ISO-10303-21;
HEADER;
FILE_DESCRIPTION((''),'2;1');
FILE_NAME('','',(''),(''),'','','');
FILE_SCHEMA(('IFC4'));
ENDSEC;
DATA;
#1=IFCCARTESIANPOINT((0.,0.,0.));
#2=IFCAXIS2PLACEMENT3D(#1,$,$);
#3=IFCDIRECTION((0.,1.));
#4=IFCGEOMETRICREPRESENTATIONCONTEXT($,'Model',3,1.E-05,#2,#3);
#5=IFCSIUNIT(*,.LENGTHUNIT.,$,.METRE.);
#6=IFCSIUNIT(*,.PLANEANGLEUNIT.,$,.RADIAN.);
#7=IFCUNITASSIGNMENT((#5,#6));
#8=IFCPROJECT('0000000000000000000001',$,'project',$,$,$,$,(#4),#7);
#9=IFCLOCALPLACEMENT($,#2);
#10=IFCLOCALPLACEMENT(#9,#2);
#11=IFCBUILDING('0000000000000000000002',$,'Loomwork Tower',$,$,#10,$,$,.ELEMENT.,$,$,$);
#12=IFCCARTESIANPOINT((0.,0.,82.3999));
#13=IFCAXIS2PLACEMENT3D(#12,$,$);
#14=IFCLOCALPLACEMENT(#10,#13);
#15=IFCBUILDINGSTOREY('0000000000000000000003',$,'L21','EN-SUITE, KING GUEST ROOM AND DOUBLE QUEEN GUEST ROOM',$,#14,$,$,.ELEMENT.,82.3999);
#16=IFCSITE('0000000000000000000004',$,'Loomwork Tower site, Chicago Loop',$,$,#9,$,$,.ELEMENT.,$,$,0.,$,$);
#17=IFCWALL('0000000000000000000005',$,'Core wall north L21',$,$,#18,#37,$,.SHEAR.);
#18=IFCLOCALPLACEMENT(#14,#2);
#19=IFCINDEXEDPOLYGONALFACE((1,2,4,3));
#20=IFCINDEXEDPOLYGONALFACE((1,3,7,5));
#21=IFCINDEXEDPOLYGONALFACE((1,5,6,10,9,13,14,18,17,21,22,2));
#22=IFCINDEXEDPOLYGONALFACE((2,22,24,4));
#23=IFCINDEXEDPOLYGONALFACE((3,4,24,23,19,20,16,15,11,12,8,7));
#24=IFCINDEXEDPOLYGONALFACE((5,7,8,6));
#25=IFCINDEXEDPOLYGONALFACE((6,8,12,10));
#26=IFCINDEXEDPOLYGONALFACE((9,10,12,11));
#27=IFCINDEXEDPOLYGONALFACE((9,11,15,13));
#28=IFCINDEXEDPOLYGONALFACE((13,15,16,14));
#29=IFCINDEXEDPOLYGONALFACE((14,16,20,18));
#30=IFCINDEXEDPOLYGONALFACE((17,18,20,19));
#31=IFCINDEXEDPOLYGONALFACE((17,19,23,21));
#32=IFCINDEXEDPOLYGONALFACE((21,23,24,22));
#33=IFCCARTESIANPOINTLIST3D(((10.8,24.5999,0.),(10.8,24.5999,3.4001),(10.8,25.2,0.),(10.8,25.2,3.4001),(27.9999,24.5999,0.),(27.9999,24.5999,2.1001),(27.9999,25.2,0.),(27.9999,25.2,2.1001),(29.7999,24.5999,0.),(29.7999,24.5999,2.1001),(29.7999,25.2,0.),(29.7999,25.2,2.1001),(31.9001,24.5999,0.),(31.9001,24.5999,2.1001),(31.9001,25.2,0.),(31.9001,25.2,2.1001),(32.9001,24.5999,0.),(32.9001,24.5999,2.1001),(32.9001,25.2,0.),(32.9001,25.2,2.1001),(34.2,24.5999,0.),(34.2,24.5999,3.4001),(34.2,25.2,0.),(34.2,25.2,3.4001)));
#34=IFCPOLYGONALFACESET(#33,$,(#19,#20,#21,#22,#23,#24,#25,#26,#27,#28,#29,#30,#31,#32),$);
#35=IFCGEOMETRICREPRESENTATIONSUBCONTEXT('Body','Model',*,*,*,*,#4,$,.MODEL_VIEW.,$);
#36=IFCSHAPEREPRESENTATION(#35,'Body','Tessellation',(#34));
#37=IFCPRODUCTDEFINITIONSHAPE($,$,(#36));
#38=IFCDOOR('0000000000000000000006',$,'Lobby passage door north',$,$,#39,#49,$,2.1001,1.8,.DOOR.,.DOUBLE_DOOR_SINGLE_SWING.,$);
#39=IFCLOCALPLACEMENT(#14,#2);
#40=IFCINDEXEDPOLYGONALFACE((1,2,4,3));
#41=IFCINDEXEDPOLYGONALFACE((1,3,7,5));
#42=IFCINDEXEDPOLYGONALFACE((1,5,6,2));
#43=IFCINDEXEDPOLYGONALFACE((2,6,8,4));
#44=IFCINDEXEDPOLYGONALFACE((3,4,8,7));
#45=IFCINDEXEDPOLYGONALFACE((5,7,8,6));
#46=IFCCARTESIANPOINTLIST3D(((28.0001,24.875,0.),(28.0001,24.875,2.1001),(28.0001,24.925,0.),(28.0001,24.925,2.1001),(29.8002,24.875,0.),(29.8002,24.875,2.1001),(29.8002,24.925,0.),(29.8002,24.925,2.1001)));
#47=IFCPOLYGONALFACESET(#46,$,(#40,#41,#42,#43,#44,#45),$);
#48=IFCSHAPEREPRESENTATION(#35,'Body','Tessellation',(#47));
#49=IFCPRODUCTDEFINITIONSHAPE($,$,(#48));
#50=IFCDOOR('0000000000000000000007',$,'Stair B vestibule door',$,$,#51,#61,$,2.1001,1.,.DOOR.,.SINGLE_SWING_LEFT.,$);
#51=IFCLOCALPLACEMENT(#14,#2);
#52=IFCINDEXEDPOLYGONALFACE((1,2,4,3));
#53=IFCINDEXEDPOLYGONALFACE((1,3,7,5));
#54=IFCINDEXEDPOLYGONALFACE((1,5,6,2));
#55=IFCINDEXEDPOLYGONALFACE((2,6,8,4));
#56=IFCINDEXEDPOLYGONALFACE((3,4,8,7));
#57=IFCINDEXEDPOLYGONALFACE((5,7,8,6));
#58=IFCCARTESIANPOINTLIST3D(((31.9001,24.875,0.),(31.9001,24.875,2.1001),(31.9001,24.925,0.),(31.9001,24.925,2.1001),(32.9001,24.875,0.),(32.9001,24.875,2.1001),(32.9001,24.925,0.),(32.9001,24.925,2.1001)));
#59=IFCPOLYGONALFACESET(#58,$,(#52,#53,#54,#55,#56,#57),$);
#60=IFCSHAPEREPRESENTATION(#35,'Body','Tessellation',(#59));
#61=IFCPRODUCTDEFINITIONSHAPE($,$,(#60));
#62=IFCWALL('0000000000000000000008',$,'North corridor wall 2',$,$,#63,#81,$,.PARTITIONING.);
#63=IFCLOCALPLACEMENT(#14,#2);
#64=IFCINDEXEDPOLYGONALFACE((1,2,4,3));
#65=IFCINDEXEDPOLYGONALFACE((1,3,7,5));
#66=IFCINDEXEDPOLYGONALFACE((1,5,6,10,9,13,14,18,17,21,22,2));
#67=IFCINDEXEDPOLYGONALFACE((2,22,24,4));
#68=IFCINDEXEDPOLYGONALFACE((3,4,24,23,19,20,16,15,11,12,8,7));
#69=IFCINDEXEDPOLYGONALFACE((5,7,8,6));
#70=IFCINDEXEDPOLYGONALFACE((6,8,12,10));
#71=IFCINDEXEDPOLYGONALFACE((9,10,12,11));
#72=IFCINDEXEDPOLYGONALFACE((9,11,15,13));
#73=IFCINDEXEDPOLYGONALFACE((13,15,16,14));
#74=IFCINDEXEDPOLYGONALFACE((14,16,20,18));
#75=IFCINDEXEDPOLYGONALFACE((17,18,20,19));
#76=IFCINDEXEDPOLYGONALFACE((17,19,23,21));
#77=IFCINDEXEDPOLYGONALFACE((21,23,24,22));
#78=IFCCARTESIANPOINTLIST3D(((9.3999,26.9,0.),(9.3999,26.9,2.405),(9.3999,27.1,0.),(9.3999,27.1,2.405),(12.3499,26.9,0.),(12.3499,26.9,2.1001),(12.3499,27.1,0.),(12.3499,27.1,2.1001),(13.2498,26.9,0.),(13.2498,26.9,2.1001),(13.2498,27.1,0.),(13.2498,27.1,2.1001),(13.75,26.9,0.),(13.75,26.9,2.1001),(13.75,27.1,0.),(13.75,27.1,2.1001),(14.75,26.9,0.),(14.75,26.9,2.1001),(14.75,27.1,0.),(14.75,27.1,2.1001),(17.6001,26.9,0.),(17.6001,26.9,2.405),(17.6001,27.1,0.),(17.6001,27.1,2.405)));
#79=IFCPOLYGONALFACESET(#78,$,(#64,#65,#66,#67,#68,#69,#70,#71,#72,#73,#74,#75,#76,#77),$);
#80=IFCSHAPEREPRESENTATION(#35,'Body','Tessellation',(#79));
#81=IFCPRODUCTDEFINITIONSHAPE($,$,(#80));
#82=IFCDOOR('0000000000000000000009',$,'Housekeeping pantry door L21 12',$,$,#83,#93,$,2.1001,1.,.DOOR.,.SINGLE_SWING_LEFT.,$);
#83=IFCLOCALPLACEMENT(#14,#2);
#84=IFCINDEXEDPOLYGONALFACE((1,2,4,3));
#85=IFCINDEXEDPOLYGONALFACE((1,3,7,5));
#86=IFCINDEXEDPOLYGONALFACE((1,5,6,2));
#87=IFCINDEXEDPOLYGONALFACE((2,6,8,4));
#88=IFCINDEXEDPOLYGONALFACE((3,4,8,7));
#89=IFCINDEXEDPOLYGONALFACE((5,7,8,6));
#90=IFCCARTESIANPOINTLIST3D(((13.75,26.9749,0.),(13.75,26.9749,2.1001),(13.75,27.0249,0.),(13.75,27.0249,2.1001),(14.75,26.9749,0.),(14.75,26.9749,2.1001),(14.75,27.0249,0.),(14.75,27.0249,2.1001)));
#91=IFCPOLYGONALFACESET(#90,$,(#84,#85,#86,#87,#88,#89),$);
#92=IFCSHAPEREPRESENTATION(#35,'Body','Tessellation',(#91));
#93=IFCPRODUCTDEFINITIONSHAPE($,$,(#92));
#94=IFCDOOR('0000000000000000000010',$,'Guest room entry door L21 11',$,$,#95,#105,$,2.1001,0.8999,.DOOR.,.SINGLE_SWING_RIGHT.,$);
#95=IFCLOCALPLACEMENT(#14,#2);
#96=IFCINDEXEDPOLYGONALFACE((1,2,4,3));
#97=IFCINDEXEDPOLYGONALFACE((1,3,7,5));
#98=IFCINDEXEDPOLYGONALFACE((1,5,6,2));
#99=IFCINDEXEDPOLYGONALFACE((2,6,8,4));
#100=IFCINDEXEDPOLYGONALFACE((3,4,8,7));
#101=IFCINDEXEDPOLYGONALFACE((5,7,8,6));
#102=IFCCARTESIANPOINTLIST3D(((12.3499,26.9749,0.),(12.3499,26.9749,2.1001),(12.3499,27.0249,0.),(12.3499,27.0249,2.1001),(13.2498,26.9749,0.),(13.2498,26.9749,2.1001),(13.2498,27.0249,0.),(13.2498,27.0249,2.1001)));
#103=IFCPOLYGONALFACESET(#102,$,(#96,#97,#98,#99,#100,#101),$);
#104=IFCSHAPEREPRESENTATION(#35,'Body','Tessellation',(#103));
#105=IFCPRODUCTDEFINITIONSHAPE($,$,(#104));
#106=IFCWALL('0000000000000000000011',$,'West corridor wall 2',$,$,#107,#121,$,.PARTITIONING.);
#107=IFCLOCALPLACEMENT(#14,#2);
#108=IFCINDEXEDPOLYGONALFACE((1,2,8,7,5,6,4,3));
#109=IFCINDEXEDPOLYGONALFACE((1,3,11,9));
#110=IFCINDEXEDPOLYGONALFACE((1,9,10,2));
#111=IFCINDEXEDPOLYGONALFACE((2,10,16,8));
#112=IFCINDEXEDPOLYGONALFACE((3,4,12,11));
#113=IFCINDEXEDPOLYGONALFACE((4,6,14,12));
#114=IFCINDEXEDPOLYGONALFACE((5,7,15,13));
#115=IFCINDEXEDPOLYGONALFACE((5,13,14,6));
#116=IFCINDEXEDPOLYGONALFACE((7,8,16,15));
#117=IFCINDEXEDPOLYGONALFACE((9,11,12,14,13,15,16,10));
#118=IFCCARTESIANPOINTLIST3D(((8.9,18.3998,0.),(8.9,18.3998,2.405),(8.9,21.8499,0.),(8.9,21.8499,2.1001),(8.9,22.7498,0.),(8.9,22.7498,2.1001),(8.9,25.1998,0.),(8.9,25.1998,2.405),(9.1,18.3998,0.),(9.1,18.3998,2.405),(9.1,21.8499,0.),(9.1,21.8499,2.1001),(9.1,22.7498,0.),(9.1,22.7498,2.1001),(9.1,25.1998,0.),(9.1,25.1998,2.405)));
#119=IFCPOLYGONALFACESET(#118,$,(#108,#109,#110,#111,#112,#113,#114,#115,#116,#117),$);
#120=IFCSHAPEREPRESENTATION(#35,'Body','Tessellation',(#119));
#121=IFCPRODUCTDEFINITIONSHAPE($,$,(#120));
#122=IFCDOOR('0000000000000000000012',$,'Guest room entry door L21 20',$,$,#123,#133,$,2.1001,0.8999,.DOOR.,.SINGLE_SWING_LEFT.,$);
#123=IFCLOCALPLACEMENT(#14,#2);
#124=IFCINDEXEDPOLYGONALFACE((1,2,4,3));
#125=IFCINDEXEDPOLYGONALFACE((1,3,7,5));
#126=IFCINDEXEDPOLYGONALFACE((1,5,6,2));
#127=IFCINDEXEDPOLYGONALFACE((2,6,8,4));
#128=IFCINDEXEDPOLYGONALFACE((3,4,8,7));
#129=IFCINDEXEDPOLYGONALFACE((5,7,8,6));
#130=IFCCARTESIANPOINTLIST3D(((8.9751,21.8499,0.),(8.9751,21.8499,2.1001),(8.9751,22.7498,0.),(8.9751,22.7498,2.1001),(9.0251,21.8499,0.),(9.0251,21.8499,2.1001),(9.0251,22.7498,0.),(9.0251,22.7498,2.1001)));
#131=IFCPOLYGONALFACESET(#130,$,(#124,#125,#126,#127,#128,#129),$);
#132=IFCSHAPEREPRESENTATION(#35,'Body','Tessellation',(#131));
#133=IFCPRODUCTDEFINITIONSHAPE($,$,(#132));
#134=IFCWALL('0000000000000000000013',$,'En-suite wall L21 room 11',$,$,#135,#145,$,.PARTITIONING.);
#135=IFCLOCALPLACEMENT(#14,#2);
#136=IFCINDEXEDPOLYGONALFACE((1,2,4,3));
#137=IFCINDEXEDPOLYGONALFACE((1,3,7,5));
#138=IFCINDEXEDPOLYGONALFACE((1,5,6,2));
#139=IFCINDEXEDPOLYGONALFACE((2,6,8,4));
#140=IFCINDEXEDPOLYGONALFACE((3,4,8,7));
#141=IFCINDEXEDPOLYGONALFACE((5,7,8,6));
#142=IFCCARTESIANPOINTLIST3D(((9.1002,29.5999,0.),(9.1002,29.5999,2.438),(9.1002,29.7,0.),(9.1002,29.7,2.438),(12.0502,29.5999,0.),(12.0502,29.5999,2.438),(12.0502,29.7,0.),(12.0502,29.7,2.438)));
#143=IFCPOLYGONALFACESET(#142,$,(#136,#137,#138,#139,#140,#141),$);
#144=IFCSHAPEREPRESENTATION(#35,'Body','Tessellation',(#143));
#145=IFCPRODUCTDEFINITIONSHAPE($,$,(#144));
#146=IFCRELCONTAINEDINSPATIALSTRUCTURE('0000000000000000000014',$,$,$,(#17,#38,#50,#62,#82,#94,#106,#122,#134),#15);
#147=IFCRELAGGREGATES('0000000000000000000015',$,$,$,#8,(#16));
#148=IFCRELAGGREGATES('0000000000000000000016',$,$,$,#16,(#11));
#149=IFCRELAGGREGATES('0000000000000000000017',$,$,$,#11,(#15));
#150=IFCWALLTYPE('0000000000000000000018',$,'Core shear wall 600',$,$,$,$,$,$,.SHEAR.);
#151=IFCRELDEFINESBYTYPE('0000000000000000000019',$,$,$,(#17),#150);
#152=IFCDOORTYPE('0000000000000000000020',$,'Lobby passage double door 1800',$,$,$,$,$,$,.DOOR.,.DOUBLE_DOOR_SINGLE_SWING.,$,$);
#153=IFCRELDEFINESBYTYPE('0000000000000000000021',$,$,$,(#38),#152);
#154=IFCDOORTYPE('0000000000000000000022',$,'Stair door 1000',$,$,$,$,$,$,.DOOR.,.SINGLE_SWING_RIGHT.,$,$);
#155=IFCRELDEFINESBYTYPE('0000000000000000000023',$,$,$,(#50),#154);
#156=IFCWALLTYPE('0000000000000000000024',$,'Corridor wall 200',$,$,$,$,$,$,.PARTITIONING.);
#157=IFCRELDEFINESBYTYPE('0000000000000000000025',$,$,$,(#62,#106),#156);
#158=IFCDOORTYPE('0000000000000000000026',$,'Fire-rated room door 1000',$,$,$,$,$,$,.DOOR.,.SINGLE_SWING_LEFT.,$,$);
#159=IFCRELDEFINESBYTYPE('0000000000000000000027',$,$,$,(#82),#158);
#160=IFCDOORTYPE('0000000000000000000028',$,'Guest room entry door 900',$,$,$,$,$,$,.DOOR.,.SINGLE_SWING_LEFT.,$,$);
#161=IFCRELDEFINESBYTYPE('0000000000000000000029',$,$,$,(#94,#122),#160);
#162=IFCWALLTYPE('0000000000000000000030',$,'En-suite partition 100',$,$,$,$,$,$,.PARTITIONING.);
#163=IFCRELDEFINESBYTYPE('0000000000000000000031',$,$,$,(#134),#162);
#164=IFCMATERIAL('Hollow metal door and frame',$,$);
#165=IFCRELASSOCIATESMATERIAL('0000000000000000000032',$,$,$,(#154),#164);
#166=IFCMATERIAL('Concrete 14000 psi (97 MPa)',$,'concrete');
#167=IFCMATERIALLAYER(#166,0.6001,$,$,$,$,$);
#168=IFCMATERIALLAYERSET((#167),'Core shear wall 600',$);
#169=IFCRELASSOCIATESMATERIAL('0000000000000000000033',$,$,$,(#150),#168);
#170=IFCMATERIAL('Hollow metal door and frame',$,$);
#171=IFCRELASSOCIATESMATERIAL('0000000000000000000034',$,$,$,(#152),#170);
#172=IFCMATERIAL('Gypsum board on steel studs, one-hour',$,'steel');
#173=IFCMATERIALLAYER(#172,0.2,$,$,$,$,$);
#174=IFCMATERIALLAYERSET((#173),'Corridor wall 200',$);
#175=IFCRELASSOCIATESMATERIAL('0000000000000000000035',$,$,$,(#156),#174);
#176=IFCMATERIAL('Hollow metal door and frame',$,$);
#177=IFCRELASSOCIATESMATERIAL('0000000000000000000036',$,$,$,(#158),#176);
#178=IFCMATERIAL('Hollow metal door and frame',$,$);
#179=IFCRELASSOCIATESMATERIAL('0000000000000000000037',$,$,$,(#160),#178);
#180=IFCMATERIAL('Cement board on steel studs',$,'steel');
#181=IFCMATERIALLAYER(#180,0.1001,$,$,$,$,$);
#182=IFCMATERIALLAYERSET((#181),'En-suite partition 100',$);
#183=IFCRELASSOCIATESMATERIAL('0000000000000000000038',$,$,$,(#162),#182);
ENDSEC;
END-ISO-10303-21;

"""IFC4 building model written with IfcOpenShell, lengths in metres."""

from ifc_helpers import new_model, si_unit, direction, frame, frame_2d, origin, place, context, subcontext, project, spatial, rectangle, extrude, material, layer, layer_set, type_object, element, fill, save


model = new_model("IFC4")

# Units and contexts
model_context = context("Model", 3, precision=1e-05, world=origin(), true_north=direction((0.0, 1.0)))
body_context = subcontext(model_context, "Body", "Model", "MODEL_VIEW")
ifc_project = project(units=[si_unit("LENGTHUNIT", "METRE"), si_unit("PLANEANGLEUNIT", "RADIAN")], contexts=[model_context])

# Site, building, storey
site_placement = place(None, origin())
site = spatial("IfcSite", under=ifc_project, at=site_placement, Name="Loomwork Tower site, Chicago Loop", CompositionType="ELEMENT", RefElevation=0.0)
building_placement = place(site_placement, origin())
building = spatial("IfcBuilding", under=site, at=building_placement, Name="Loomwork Tower", CompositionType="ELEMENT")
storey_placement = place(building_placement, frame((0.0, 0.0, 82.3999)))
storey = spatial("IfcBuildingStorey", under=building, at=storey_placement, Name="L21", Description="EN-SUITE, KING GUEST ROOM AND DOUBLE QUEEN GUEST ROOM", CompositionType="ELEMENT", Elevation=82.3999)

# Shared definitions
ifc_material_1 = material(Name="Hollow metal door and frame")
door_type_1 = type_object("IfcDoorType", Name="Stair door 1000", OperationType="SINGLE_SWING_RIGHT", PredefinedType="DOOR", material=ifc_material_1)

# Walls, openings, doors
ifc_material_2 = material(Name="Concrete 14000 psi (97 MPa)", Category="concrete")
ifc_layer_1 = layer(ifc_material_2, 0.6001)
ifc_layer_set_1 = layer_set([ifc_layer_1], Name="Core shear wall 600")
wall_type_1 = type_object("IfcWallType", Name="Core shear wall 600", PredefinedType="SHEAR", material=ifc_layer_set_1)
wall_1_placement = place(storey_placement, frame((10.8, 24.8999, 0.0), z_axis=(0.0, 0.0, 1.0), x_axis=(1.0, 0.0, 0.0)))
wall_1 = element("IfcWall", 1, at=wall_1_placement, inside=storey, type_object=wall_type_1, Name="Core wall north L21", PredefinedType="SHEAR", context=body_context, shape_type="SweptSolid", body=[
    extrude(rectangle(XDim=23.3999, YDim=0.6001, at=frame_2d((11.7, 0.0))), origin(), (0.0, 0.0, 1.0), 3.4001),
])
opening_1_placement = place(wall_1_placement, frame((17.2, 0.0, 0.0)))
opening_1 = element("IfcOpeningElement", 2, at=opening_1_placement, cuts=wall_1, PredefinedType="OPENING", context=body_context, shape_type="SweptSolid", body=[
    extrude(rectangle(XDim=1.8, YDim=2.1001, at=frame_2d((0.8999, 1.05))), frame((0.0, 0.3101, 0.0), z_axis=(0.0, -1.0, 0.0), x_axis=(1.0, 0.0, 0.0)), (0.0, 0.0, 1.0), 0.6201),
])
opening_2_placement = place(wall_1_placement, frame((21.1001, 0.0, 0.0)))
opening_2 = element("IfcOpeningElement", 3, at=opening_2_placement, cuts=wall_1, PredefinedType="OPENING", context=body_context, shape_type="SweptSolid", body=[
    extrude(rectangle(XDim=1.0, YDim=2.1001, at=frame_2d((0.5, 1.05))), frame((0.0, 0.3101, 0.0), z_axis=(0.0, -1.0, 0.0), x_axis=(1.0, 0.0, 0.0)), (0.0, 0.0, 1.0), 0.6201),
])
ifc_material_3 = material(Name="Hollow metal door and frame")
door_type_2 = type_object("IfcDoorType", Name="Lobby passage double door 1800", OperationType="DOUBLE_DOOR_SINGLE_SWING", PredefinedType="DOOR", material=ifc_material_3)
door_1_placement = place(opening_1_placement, frame((1.8, 0.0, 0.0), z_axis=(0.0, 0.0, 1.0), x_axis=(-1.0, 0.0, 0.0)))
door_1 = element("IfcDoor", 4, at=door_1_placement, inside=storey, type_object=door_type_2, Name="Lobby passage door north", OperationType="DOUBLE_DOOR_SINGLE_SWING", OverallHeight=2.1001, OverallWidth=1.8, PredefinedType="DOOR", context=body_context, shape_type="SweptSolid", body=[
    extrude(rectangle(XDim=1.8, YDim=2.1001, at=frame_2d((0.8999, 1.05))), frame((0.0, 0.0249, 0.0), z_axis=(0.0, -1.0, 0.0), x_axis=(1.0, 0.0, 0.0)), (0.0, 0.0, 1.0), 0.05),
])
fill(opening_1, door_1)
door_2_placement = place(opening_2_placement, frame((1.0, 0.0, 0.0), z_axis=(0.0, 0.0, 1.0), x_axis=(-1.0, 0.0, 0.0)))
door_2 = element("IfcDoor", 5, at=door_2_placement, inside=storey, type_object=door_type_1, Name="Stair B vestibule door", OperationType="SINGLE_SWING_LEFT", OverallHeight=2.1001, OverallWidth=1.0, PredefinedType="DOOR", context=body_context, shape_type="SweptSolid", body=[
    extrude(rectangle(XDim=1.0, YDim=2.1001, at=frame_2d((0.5, 1.05))), frame((0.0, 0.0249, 0.0), z_axis=(0.0, -1.0, 0.0), x_axis=(1.0, 0.0, 0.0)), (0.0, 0.0, 1.0), 0.05),
])
fill(opening_2, door_2)
ifc_material_4 = material(Name="Gypsum board on steel studs, one-hour", Category="steel")
ifc_layer_2 = layer(ifc_material_4, 0.2)
ifc_layer_set_2 = layer_set([ifc_layer_2], Name="Corridor wall 200")
wall_type_2 = type_object("IfcWallType", Name="Corridor wall 200", PredefinedType="PARTITIONING", material=ifc_layer_set_2)
wall_2_placement = place(storey_placement, frame((9.3999, 27.0, 0.0), z_axis=(0.0, 0.0, 1.0), x_axis=(1.0, 0.0, 0.0)))
wall_2 = element("IfcWall", 6, at=wall_2_placement, inside=storey, type_object=wall_type_2, Name="North corridor wall 2", PredefinedType="PARTITIONING", context=body_context, shape_type="SweptSolid", body=[
    extrude(rectangle(XDim=8.2002, YDim=0.2, at=frame_2d((4.1001, 0.0))), origin(), (0.0, 0.0, 1.0), 2.405),
])
opening_3_placement = place(wall_2_placement, frame((2.95, 0.0, 0.0)))
opening_3 = element("IfcOpeningElement", 7, at=opening_3_placement, cuts=wall_2, PredefinedType="OPENING", context=body_context, shape_type="SweptSolid", body=[
    extrude(rectangle(XDim=0.8999, YDim=2.1001, at=frame_2d((0.45, 1.05))), frame((0.0, 0.1099, 0.0), z_axis=(0.0, -1.0, 0.0), x_axis=(1.0, 0.0, 0.0)), (0.0, 0.0, 1.0), 0.22),
])
opening_4_placement = place(wall_2_placement, frame((4.3501, 0.0, 0.0)))
opening_4 = element("IfcOpeningElement", 8, at=opening_4_placement, cuts=wall_2, PredefinedType="OPENING", context=body_context, shape_type="SweptSolid", body=[
    extrude(rectangle(XDim=1.0, YDim=2.1001, at=frame_2d((0.5, 1.05))), frame((0.0, 0.1099, 0.0), z_axis=(0.0, -1.0, 0.0), x_axis=(1.0, 0.0, 0.0)), (0.0, 0.0, 1.0), 0.22),
])
ifc_material_5 = material(Name="Hollow metal door and frame")
door_type_3 = type_object("IfcDoorType", Name="Fire-rated room door 1000", OperationType="SINGLE_SWING_LEFT", PredefinedType="DOOR", material=ifc_material_5)
door_3_placement = place(opening_4_placement, origin())
door_3 = element("IfcDoor", 9, at=door_3_placement, inside=storey, type_object=door_type_3, Name="Housekeeping pantry door L21 12", OperationType="SINGLE_SWING_LEFT", OverallHeight=2.1001, OverallWidth=1.0, PredefinedType="DOOR", context=body_context, shape_type="SweptSolid", body=[
    extrude(rectangle(XDim=1.0, YDim=2.1001, at=frame_2d((0.5, 1.05))), frame((0.0, 0.0249, 0.0), z_axis=(0.0, -1.0, 0.0), x_axis=(1.0, 0.0, 0.0)), (0.0, 0.0, 1.0), 0.05),
])
fill(opening_4, door_3)
ifc_material_6 = material(Name="Hollow metal door and frame")
door_type_4 = type_object("IfcDoorType", Name="Guest room entry door 900", OperationType="SINGLE_SWING_LEFT", PredefinedType="DOOR", material=ifc_material_6)
door_4_placement = place(opening_3_placement, origin())
door_4 = element("IfcDoor", 10, at=door_4_placement, inside=storey, type_object=door_type_4, Name="Guest room entry door L21 11", OperationType="SINGLE_SWING_RIGHT", OverallHeight=2.1001, OverallWidth=0.8999, PredefinedType="DOOR", context=body_context, shape_type="SweptSolid", body=[
    extrude(rectangle(XDim=0.8999, YDim=2.1001, at=frame_2d((0.45, 1.05))), frame((0.0, 0.0249, 0.0), z_axis=(0.0, -1.0, 0.0), x_axis=(1.0, 0.0, 0.0)), (0.0, 0.0, 1.0), 0.05),
])
fill(opening_3, door_4)

# Wall, opening, door
wall_3_placement = place(storey_placement, frame((9.0, 18.3999, 0.0), z_axis=(0.0, 0.0, 1.0), x_axis=(0.0, 1.0, 0.0)))
wall_3 = element("IfcWall", 11, at=wall_3_placement, inside=storey, type_object=wall_type_2, Name="West corridor wall 2", PredefinedType="PARTITIONING", context=body_context, shape_type="SweptSolid", body=[
    extrude(rectangle(XDim=6.8, YDim=0.2, at=frame_2d((3.3999, 0.0))), origin(), (0.0, 0.0, 1.0), 2.405),
])
opening_5_placement = place(wall_3_placement, frame((3.45, 0.0, 0.0)))
opening_5 = element("IfcOpeningElement", 12, at=opening_5_placement, cuts=wall_3, PredefinedType="OPENING", context=body_context, shape_type="SweptSolid", body=[
    extrude(rectangle(XDim=0.8999, YDim=2.1001, at=frame_2d((0.45, 1.05))), frame((0.0, 0.1099, 0.0), z_axis=(0.0, -1.0, 0.0), x_axis=(1.0, 0.0, 0.0)), (0.0, 0.0, 1.0), 0.22),
])
door_5_placement = place(opening_5_placement, origin())
door_5 = element("IfcDoor", 13, at=door_5_placement, inside=storey, type_object=door_type_4, Name="Guest room entry door L21 20", OperationType="SINGLE_SWING_LEFT", OverallHeight=2.1001, OverallWidth=0.8999, PredefinedType="DOOR", context=body_context, shape_type="SweptSolid", body=[
    extrude(rectangle(XDim=0.8999, YDim=2.1001, at=frame_2d((0.45, 1.05))), frame((0.0, 0.0249, 0.0), z_axis=(0.0, -1.0, 0.0), x_axis=(1.0, 0.0, 0.0)), (0.0, 0.0, 1.0), 0.05),
])
fill(opening_5, door_5)

# Wall
ifc_material_7 = material(Name="Cement board on steel studs", Category="steel")
ifc_layer_3 = layer(ifc_material_7, 0.1001)
ifc_layer_set_3 = layer_set([ifc_layer_3], Name="En-suite partition 100")
wall_type_3 = type_object("IfcWallType", Name="En-suite partition 100", PredefinedType="PARTITIONING", material=ifc_layer_set_3)
wall_4_placement = place(storey_placement, frame((9.1001, 29.6499, 0.0), z_axis=(0.0, 0.0, 1.0), x_axis=(1.0, 0.0, 0.0)))
element("IfcWall", 14, at=wall_4_placement, inside=storey, type_object=wall_type_3, Name="En-suite wall L21 room 11", PredefinedType="PARTITIONING", context=body_context, shape_type="SweptSolid", body=[
    extrude(rectangle(XDim=2.95, YDim=0.1001, at=frame_2d((1.4751, 0.0))), origin(), (0.0, 0.0, 1.0), 2.438),
])

save(model, "model.ifc")
